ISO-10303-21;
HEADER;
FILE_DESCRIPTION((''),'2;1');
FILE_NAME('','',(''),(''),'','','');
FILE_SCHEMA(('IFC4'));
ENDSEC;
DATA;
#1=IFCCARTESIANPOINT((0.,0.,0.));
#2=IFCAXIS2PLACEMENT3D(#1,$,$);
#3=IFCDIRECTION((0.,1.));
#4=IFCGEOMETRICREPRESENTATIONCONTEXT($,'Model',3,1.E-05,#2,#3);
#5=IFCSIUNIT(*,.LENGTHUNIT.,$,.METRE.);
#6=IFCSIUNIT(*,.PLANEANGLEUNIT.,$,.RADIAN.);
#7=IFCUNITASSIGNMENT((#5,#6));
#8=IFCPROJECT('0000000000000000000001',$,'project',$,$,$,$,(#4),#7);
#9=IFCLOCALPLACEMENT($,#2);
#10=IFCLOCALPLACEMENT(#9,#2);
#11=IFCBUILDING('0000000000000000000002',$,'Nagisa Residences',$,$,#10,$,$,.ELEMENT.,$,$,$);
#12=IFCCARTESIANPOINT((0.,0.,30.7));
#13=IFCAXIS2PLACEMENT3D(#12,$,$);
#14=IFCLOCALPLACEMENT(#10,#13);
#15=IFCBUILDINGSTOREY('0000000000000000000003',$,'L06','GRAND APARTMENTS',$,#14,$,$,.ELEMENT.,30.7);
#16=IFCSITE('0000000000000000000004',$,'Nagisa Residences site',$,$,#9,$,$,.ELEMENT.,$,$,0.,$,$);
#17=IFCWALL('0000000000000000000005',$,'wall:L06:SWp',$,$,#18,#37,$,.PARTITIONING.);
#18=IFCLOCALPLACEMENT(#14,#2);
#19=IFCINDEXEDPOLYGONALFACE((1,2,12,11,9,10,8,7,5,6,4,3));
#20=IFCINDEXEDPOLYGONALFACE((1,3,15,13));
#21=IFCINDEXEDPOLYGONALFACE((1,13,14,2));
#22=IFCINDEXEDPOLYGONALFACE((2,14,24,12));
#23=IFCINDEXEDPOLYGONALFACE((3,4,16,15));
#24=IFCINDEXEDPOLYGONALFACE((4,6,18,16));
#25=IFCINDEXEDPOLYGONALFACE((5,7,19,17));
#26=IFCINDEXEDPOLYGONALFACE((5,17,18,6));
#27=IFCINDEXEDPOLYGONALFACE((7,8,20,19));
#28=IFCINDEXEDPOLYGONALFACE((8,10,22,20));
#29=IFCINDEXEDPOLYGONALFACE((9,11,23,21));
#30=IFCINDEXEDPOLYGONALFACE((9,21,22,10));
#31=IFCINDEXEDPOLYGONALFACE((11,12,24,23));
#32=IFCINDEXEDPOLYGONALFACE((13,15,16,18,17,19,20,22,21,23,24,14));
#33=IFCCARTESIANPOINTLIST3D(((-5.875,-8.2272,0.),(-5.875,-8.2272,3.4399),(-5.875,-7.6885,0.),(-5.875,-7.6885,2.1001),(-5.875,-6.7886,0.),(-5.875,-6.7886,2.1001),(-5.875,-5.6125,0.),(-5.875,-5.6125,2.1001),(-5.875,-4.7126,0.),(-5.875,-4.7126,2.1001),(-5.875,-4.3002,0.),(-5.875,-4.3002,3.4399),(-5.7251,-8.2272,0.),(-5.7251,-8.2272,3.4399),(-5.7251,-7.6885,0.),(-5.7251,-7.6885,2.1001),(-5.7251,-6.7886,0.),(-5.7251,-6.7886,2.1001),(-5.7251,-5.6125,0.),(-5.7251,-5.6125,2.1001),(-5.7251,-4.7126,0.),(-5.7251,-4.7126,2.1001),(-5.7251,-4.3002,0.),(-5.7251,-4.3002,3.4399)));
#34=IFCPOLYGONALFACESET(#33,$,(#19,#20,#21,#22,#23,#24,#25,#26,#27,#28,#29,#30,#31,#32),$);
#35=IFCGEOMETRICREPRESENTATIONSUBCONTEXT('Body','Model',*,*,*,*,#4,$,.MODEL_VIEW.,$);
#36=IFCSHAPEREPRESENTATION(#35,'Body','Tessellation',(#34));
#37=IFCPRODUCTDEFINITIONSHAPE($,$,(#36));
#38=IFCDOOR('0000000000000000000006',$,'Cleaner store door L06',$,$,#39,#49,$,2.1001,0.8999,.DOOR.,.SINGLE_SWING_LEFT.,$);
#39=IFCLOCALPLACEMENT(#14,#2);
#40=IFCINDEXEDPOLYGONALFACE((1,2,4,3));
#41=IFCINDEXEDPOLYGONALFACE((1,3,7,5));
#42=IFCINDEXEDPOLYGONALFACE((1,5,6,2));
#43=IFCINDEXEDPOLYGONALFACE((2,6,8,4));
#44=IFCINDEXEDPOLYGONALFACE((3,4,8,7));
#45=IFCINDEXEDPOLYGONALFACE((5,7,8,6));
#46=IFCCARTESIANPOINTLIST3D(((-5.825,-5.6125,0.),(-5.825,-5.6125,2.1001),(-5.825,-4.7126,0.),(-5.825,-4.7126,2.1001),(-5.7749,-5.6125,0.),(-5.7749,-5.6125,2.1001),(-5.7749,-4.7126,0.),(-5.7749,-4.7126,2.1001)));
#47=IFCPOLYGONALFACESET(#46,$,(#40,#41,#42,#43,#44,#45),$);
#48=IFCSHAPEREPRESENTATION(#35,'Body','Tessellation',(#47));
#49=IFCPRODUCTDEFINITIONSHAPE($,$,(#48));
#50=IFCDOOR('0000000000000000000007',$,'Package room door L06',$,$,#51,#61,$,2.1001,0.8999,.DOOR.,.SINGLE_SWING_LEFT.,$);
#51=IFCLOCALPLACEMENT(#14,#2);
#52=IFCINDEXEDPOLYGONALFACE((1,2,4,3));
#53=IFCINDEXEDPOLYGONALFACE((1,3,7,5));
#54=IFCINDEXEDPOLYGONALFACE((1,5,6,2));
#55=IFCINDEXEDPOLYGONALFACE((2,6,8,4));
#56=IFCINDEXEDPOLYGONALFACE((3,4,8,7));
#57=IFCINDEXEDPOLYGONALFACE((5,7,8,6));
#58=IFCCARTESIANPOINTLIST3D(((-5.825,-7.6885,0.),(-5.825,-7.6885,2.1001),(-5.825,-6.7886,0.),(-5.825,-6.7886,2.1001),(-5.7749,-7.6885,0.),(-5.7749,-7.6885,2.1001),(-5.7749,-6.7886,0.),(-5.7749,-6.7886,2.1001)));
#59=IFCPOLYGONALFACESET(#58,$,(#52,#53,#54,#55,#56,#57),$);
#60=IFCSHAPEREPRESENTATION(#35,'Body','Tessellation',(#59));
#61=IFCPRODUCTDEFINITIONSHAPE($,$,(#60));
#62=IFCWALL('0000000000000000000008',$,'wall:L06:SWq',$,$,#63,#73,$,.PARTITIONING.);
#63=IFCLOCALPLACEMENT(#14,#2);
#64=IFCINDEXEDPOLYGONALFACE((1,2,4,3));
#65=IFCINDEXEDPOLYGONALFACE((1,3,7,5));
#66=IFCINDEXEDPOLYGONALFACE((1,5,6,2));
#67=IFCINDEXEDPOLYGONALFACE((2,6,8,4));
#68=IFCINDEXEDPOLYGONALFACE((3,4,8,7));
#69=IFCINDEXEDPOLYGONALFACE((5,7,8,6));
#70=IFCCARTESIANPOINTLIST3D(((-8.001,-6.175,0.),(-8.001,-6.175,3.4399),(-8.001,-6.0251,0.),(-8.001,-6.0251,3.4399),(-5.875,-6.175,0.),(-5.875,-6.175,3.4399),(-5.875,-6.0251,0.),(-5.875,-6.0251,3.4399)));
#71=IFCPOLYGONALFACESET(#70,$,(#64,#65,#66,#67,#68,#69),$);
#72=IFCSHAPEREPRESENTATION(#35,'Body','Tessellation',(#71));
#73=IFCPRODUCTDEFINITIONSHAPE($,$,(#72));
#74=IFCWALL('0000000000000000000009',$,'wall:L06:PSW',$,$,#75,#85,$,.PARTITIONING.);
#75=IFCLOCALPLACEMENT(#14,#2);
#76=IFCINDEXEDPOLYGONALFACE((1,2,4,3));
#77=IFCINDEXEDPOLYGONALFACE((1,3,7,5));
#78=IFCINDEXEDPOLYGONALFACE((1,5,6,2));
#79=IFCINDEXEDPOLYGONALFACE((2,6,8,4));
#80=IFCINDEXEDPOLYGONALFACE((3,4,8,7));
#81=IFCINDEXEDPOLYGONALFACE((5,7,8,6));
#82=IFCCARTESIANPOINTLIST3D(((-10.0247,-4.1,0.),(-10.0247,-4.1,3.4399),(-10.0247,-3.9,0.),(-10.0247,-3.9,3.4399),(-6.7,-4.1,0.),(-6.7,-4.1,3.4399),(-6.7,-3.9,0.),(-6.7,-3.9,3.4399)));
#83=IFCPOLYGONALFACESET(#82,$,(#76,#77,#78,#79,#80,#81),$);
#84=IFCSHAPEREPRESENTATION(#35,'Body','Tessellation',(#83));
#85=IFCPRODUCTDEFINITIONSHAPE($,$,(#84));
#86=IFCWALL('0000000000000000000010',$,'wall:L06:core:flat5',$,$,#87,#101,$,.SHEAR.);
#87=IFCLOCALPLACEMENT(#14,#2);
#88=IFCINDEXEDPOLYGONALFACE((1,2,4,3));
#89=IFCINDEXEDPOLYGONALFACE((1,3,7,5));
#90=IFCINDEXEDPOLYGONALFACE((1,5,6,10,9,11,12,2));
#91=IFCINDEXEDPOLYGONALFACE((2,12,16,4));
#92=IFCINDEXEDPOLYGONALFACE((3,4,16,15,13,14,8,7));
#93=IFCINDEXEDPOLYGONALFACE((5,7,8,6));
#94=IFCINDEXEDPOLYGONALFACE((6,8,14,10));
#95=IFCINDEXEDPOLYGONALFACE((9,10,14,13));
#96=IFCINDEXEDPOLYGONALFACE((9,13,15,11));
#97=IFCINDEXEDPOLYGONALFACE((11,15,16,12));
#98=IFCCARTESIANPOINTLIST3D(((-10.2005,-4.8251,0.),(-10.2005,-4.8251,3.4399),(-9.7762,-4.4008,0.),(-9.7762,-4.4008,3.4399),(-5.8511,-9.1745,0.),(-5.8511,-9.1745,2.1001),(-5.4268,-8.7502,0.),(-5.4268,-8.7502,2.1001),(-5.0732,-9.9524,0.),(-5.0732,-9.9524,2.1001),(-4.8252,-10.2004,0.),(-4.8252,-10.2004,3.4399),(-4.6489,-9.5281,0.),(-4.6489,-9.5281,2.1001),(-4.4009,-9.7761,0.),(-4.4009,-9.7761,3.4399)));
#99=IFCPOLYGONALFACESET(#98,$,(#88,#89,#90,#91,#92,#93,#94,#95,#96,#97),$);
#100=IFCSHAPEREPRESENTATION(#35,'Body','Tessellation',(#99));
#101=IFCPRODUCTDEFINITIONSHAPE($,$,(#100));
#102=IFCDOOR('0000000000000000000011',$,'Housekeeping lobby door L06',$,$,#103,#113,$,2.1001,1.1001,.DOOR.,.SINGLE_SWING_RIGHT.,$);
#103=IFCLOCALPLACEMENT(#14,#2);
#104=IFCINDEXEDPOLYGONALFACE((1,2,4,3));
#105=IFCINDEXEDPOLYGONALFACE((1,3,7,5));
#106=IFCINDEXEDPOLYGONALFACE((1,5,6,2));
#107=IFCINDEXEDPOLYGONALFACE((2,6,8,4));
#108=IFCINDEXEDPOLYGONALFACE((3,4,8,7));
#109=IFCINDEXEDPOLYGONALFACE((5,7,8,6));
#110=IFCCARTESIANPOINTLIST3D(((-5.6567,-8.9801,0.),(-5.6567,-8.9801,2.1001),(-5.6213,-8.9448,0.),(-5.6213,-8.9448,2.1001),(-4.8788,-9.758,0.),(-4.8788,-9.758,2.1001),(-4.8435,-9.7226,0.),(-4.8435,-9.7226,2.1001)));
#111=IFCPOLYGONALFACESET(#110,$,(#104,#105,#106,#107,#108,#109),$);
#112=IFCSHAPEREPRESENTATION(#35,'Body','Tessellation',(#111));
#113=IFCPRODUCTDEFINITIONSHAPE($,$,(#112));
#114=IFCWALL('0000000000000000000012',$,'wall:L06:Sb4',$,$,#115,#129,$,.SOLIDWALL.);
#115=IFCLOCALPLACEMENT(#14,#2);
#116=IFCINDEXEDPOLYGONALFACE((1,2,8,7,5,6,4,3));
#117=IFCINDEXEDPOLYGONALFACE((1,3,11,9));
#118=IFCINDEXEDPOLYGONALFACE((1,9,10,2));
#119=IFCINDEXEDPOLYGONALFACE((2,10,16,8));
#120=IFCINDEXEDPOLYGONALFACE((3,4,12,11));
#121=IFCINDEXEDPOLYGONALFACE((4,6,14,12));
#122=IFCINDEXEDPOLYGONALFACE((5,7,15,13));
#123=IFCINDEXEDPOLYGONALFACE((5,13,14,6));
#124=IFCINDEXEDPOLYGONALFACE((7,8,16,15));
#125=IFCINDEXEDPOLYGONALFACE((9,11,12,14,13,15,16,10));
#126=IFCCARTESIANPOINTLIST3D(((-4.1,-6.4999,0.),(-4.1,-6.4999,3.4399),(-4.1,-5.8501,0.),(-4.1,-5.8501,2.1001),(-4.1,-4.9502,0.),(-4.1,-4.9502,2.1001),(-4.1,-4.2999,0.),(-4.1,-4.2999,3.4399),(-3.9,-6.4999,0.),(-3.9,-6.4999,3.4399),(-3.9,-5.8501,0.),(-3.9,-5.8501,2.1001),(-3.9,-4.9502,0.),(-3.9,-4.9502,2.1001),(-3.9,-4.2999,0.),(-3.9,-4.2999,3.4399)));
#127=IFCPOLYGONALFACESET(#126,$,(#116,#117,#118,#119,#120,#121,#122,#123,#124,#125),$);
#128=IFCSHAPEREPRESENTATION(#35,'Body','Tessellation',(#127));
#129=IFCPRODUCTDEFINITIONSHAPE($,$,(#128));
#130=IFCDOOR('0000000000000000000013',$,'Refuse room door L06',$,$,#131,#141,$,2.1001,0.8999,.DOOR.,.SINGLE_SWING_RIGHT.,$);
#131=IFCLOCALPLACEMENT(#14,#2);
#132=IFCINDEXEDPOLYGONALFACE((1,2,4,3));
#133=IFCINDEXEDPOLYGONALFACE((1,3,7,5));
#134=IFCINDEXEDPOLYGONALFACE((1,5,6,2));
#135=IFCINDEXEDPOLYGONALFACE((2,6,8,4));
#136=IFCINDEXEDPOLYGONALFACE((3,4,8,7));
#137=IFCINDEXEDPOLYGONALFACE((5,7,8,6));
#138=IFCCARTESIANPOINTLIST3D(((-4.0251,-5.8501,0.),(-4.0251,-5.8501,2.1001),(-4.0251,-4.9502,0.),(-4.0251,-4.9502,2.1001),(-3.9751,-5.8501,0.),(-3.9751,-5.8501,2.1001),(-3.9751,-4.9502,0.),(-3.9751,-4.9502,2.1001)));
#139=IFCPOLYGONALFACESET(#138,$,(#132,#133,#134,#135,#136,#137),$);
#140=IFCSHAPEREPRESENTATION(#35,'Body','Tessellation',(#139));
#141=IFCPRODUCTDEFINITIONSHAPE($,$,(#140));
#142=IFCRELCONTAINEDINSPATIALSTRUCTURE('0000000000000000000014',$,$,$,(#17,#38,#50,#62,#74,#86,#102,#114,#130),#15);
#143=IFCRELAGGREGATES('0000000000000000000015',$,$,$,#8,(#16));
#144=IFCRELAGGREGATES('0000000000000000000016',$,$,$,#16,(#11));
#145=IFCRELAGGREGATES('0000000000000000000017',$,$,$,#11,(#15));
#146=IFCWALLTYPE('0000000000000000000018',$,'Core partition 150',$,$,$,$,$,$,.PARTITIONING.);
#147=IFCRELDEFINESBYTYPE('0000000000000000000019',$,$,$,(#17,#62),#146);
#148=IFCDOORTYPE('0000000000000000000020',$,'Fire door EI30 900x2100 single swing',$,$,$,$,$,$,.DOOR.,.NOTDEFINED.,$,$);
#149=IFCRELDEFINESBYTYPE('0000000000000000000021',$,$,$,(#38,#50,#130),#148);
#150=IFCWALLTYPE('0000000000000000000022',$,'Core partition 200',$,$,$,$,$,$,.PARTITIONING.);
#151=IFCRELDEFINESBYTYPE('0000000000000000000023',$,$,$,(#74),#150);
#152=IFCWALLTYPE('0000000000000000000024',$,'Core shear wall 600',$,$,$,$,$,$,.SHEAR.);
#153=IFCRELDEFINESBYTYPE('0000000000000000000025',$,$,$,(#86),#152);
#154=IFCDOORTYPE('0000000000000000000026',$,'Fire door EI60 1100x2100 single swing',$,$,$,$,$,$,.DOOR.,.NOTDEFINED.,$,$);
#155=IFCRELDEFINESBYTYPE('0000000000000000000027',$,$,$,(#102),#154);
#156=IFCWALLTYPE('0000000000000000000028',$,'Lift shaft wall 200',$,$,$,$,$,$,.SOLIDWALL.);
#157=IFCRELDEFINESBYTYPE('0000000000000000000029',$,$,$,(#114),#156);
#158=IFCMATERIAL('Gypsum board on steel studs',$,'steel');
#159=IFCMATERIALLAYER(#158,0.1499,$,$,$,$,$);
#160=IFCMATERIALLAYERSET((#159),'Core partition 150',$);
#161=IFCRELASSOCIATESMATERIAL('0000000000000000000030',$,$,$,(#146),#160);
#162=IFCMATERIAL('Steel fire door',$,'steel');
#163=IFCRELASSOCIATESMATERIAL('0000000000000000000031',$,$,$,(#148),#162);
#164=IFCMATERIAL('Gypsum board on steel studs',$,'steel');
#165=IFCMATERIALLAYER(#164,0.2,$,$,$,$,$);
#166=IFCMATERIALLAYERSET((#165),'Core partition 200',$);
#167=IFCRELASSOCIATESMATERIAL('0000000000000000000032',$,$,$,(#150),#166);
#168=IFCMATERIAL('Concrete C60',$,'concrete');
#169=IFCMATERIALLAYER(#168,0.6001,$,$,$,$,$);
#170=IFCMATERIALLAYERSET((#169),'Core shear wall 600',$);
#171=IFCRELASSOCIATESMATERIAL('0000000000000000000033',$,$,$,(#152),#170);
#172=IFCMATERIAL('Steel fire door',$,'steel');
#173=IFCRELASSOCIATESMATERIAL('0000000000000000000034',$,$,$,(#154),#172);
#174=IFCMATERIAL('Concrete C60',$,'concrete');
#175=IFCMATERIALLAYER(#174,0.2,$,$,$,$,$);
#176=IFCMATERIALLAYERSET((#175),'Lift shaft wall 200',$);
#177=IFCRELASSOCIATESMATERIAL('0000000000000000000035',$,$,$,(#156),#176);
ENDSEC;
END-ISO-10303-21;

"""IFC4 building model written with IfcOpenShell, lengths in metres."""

from ifc_helpers import new_model, si_unit, direction, frame, frame_2d, origin, place, context, subcontext, project, spatial, rectangle, extrude, material, layer, layer_set, type_object, element, fill, save


model = new_model("IFC4")

# Units and contexts
model_context = context("Model", 3, precision=1e-05, world=origin(), true_north=direction((0.0, 1.0)))
body_context = subcontext(model_context, "Body", "Model", "MODEL_VIEW")
ifc_project = project(units=[si_unit("LENGTHUNIT", "METRE"), si_unit("PLANEANGLEUNIT", "RADIAN")], contexts=[model_context])

# Site, building, storey
site_placement = place(None, origin())
site = spatial("IfcSite", under=ifc_project, at=site_placement, Name="Nagisa Residences site", CompositionType="ELEMENT", RefElevation=0.0)
building_placement = place(site_placement, origin())
building = spatial("IfcBuilding", under=site, at=building_placement, Name="Nagisa Residences", CompositionType="ELEMENT")
storey_placement = place(building_placement, frame((0.0, 0.0, 30.7)))
storey = spatial("IfcBuildingStorey", under=building, at=storey_placement, Name="L06", Description="GRAND APARTMENTS", CompositionType="ELEMENT", Elevation=30.7)

# Wall, openings, doors
ifc_material_1 = material(Name="Gypsum board on steel studs", Category="steel")
ifc_layer_1 = layer(ifc_material_1, 0.1499)
ifc_layer_set_1 = layer_set([ifc_layer_1], Name="Core partition 150")
wall_type_1 = type_object("IfcWallType", Name="Core partition 150", PredefinedType="PARTITIONING", material=ifc_layer_set_1)
wall_1_placement = place(storey_placement, frame((-5.8, -8.2271, 0.0), z_axis=(0.0, 0.0, 1.0), x_axis=(0.0, 1.0, 0.0)))
wall_1 = element("IfcWall", 1, at=wall_1_placement, inside=storey, type_object=wall_type_1, Name="wall:L06:SWp", PredefinedType="PARTITIONING", context=body_context, shape_type="SweptSolid", body=[
    extrude(rectangle(XDim=3.927, YDim=0.1499, at=frame_2d((1.9634, 0.0))), origin(), (0.0, 0.0, 1.0), 3.4399),
])
opening_1_placement = place(wall_1_placement, frame((2.6145, 0.0, 0.0)))
opening_1 = element("IfcOpeningElement", 2, at=opening_1_placement, cuts=wall_1, PredefinedType="OPENING", context=body_context, shape_type="SweptSolid", body=[
    extrude(rectangle(XDim=0.8999, YDim=2.1001, at=frame_2d((0.45, 1.05))), frame((0.0, 0.085, 0.0), z_axis=(0.0, -1.0, 0.0), x_axis=(1.0, 0.0, 0.0)), (0.0, 0.0, 1.0), 0.1699),
])
opening_2_placement = place(wall_1_placement, frame((0.5386, 0.0, 0.0)))
opening_2 = element("IfcOpeningElement", 3, at=opening_2_placement, cuts=wall_1, PredefinedType="OPENING", context=body_context, shape_type="SweptSolid", body=[
    extrude(rectangle(XDim=0.8999, YDim=2.1001, at=frame_2d((0.45, 1.05))), frame((0.0, 0.085, 0.0), z_axis=(0.0, -1.0, 0.0), x_axis=(1.0, 0.0, 0.0)), (0.0, 0.0, 1.0), 0.1699),
])
ifc_material_2 = material(Name="Steel fire door", Category="steel")
door_type_1 = type_object("IfcDoorType", Name="Fire door EI30 900x2100 single swing", OperationType="NOTDEFINED", PredefinedType="DOOR", material=ifc_material_2)
door_1_placement = place(opening_1_placement, origin())
door_1 = element("IfcDoor", 4, at=door_1_placement, inside=storey, type_object=door_type_1, Name="Cleaner store door L06", OperationType="SINGLE_SWING_LEFT", OverallHeight=2.1001, OverallWidth=0.8999, PredefinedType="DOOR", context=body_context, shape_type="SweptSolid", body=[
    extrude(rectangle(XDim=0.8999, YDim=2.1001, at=frame_2d((0.45, 1.05))), frame((0.0, 0.0249, 0.0), z_axis=(0.0, -1.0, 0.0), x_axis=(1.0, 0.0, 0.0)), (0.0, 0.0, 1.0), 0.05),
])
fill(opening_1, door_1)
door_2_placement = place(opening_2_placement, origin())
door_2 = element("IfcDoor", 5, at=door_2_placement, inside=storey, type_object=door_type_1, Name="Package room door L06", OperationType="SINGLE_SWING_LEFT", OverallHeight=2.1001, OverallWidth=0.8999, PredefinedType="DOOR", context=body_context, shape_type="SweptSolid", body=[
    extrude(rectangle(XDim=0.8999, YDim=2.1001, at=frame_2d((0.45, 1.05))), frame((0.0, 0.0249, 0.0), z_axis=(0.0, -1.0, 0.0), x_axis=(1.0, 0.0, 0.0)), (0.0, 0.0, 1.0), 0.05),
])
fill(opening_2, door_2)

# Walls
wall_2_placement = place(storey_placement, frame((-8.001, -6.1001, 0.0), z_axis=(0.0, 0.0, 1.0), x_axis=(1.0, 0.0, 0.0)))
element("IfcWall", 6, at=wall_2_placement, inside=storey, type_object=wall_type_1, Name="wall:L06:SWq", PredefinedType="PARTITIONING", context=body_context, shape_type="SweptSolid", body=[
    extrude(rectangle(XDim=2.126, YDim=0.1499, at=frame_2d((1.063, 0.0))), origin(), (0.0, 0.0, 1.0), 3.4399),
])
ifc_material_3 = material(Name="Gypsum board on steel studs", Category="steel")
ifc_layer_2 = layer(ifc_material_3, 0.2)
ifc_layer_set_2 = layer_set([ifc_layer_2], Name="Core partition 200")
wall_type_2 = type_object("IfcWallType", Name="Core partition 200", PredefinedType="PARTITIONING", material=ifc_layer_set_2)
wall_3_placement = place(storey_placement, frame((-10.0247, -4.0, 0.0), z_axis=(0.0, 0.0, 1.0), x_axis=(1.0, 0.0, 0.0)))
element("IfcWall", 7, at=wall_3_placement, inside=storey, type_object=wall_type_2, Name="wall:L06:PSW", PredefinedType="PARTITIONING", context=body_context, shape_type="SweptSolid", body=[
    extrude(rectangle(XDim=3.3247, YDim=0.2, at=frame_2d((1.6624, 0.0))), origin(), (0.0, 0.0, 1.0), 3.4399),
])

# Walls, openings, doors
ifc_material_4 = material(Name="Concrete C60", Category="concrete")
ifc_layer_3 = layer(ifc_material_4, 0.6001)
ifc_layer_set_3 = layer_set([ifc_layer_3], Name="Core shear wall 600")
wall_type_3 = type_object("IfcWallType", Name="Core shear wall 600", PredefinedType="SHEAR", material=ifc_layer_set_3)
wall_4_placement = place(storey_placement, frame((-9.9883, -4.613, 0.0), z_axis=(0.0, 0.0, 1.0), x_axis=(0.707107, -0.707107, 0.0)))
wall_4 = element("IfcWall", 8, at=wall_4_placement, inside=storey, type_object=wall_type_3, Name="wall:L06:core:flat5", PredefinedType="SHEAR", context=body_context, shape_type="SweptSolid", body=[
    extrude(rectangle(XDim=7.6018, YDim=0.6001, at=frame_2d((3.8008, 0.0))), origin(), (0.0, 0.0, 1.0), 3.4399),
])
opening_3_placement = place(wall_4_placement, frame((6.1509, 0.0, 0.0)))
opening_3 = element("IfcOpeningElement", 9, at=opening_3_placement, cuts=wall_4, PredefinedType="OPENING", context=body_context, shape_type="SweptSolid", body=[
    extrude(rectangle(XDim=1.1001, YDim=2.1001, at=frame_2d((0.55, 1.05))), frame((0.0, 0.3101, 0.0), z_axis=(0.0, -1.0, 0.0), x_axis=(1.0, 0.0, 0.0)), (0.0, 0.0, 1.0), 0.6201),
])
ifc_material_5 = material(Name="Steel fire door", Category="steel")
door_type_2 = type_object("IfcDoorType", Name="Fire door EI60 1100x2100 single swing", OperationType="NOTDEFINED", PredefinedType="DOOR", material=ifc_material_5)
door_3_placement = place(opening_3_placement, origin())
door_3 = element("IfcDoor", 10, at=door_3_placement, inside=storey, type_object=door_type_2, Name="Housekeeping lobby door L06", OperationType="SINGLE_SWING_RIGHT", OverallHeight=2.1001, OverallWidth=1.1001, PredefinedType="DOOR", context=body_context, shape_type="SweptSolid", body=[
    extrude(rectangle(XDim=1.1001, YDim=2.1001, at=frame_2d((0.55, 1.05))), frame((0.0, 0.0249, 0.0), z_axis=(0.0, -1.0, 0.0), x_axis=(1.0, 0.0, 0.0)), (0.0, 0.0, 1.0), 0.05),
])
fill(opening_3, door_3)
ifc_material_6 = material(Name="Concrete C60", Category="concrete")
ifc_layer_4 = layer(ifc_material_6, 0.2)
ifc_layer_set_4 = layer_set([ifc_layer_4], Name="Lift shaft wall 200")
wall_type_4 = type_object("IfcWallType", Name="Lift shaft wall 200", PredefinedType="SOLIDWALL", material=ifc_layer_set_4)
wall_5_placement = place(storey_placement, frame((-4.0, -6.5, 0.0), z_axis=(0.0, 0.0, 1.0), x_axis=(0.0, 1.0, 0.0)))
wall_5 = element("IfcWall", 11, at=wall_5_placement, inside=storey, type_object=wall_type_4, Name="wall:L06:Sb4", PredefinedType="SOLIDWALL", context=body_context, shape_type="SweptSolid", body=[
    extrude(rectangle(XDim=2.2, YDim=0.2, at=frame_2d((1.1001, 0.0))), origin(), (0.0, 0.0, 1.0), 3.4399),
])
opening_4_placement = place(wall_5_placement, frame((0.6499, 0.0, 0.0)))
opening_4 = element("IfcOpeningElement", 12, at=opening_4_placement, cuts=wall_5, PredefinedType="OPENING", context=body_context, shape_type="SweptSolid", body=[
    extrude(rectangle(XDim=0.8999, YDim=2.1001, at=frame_2d((0.45, 1.05))), frame((0.0, 0.1099, 0.0), z_axis=(0.0, -1.0, 0.0), x_axis=(1.0, 0.0, 0.0)), (0.0, 0.0, 1.0), 0.22),
])
door_4_placement = place(opening_4_placement, frame((0.8999, 0.0, 0.0), x_axis=(-1.0, 0.0, 0.0)))
door_4 = element("IfcDoor", 13, at=door_4_placement, inside=storey, type_object=door_type_1, Name="Refuse room door L06", OperationType="SINGLE_SWING_RIGHT", OverallHeight=2.1001, OverallWidth=0.8999, PredefinedType="DOOR", context=body_context, shape_type="SweptSolid", body=[
    extrude(rectangle(XDim=0.8999, YDim=2.1001, at=frame_2d((0.45, 1.05))), frame((0.0, 0.0249, 0.0), z_axis=(0.0, -1.0, 0.0), x_axis=(1.0, 0.0, 0.0)), (0.0, 0.0, 1.0), 0.05),
])
fill(opening_4, door_4)

save(model, "model.ifc")
